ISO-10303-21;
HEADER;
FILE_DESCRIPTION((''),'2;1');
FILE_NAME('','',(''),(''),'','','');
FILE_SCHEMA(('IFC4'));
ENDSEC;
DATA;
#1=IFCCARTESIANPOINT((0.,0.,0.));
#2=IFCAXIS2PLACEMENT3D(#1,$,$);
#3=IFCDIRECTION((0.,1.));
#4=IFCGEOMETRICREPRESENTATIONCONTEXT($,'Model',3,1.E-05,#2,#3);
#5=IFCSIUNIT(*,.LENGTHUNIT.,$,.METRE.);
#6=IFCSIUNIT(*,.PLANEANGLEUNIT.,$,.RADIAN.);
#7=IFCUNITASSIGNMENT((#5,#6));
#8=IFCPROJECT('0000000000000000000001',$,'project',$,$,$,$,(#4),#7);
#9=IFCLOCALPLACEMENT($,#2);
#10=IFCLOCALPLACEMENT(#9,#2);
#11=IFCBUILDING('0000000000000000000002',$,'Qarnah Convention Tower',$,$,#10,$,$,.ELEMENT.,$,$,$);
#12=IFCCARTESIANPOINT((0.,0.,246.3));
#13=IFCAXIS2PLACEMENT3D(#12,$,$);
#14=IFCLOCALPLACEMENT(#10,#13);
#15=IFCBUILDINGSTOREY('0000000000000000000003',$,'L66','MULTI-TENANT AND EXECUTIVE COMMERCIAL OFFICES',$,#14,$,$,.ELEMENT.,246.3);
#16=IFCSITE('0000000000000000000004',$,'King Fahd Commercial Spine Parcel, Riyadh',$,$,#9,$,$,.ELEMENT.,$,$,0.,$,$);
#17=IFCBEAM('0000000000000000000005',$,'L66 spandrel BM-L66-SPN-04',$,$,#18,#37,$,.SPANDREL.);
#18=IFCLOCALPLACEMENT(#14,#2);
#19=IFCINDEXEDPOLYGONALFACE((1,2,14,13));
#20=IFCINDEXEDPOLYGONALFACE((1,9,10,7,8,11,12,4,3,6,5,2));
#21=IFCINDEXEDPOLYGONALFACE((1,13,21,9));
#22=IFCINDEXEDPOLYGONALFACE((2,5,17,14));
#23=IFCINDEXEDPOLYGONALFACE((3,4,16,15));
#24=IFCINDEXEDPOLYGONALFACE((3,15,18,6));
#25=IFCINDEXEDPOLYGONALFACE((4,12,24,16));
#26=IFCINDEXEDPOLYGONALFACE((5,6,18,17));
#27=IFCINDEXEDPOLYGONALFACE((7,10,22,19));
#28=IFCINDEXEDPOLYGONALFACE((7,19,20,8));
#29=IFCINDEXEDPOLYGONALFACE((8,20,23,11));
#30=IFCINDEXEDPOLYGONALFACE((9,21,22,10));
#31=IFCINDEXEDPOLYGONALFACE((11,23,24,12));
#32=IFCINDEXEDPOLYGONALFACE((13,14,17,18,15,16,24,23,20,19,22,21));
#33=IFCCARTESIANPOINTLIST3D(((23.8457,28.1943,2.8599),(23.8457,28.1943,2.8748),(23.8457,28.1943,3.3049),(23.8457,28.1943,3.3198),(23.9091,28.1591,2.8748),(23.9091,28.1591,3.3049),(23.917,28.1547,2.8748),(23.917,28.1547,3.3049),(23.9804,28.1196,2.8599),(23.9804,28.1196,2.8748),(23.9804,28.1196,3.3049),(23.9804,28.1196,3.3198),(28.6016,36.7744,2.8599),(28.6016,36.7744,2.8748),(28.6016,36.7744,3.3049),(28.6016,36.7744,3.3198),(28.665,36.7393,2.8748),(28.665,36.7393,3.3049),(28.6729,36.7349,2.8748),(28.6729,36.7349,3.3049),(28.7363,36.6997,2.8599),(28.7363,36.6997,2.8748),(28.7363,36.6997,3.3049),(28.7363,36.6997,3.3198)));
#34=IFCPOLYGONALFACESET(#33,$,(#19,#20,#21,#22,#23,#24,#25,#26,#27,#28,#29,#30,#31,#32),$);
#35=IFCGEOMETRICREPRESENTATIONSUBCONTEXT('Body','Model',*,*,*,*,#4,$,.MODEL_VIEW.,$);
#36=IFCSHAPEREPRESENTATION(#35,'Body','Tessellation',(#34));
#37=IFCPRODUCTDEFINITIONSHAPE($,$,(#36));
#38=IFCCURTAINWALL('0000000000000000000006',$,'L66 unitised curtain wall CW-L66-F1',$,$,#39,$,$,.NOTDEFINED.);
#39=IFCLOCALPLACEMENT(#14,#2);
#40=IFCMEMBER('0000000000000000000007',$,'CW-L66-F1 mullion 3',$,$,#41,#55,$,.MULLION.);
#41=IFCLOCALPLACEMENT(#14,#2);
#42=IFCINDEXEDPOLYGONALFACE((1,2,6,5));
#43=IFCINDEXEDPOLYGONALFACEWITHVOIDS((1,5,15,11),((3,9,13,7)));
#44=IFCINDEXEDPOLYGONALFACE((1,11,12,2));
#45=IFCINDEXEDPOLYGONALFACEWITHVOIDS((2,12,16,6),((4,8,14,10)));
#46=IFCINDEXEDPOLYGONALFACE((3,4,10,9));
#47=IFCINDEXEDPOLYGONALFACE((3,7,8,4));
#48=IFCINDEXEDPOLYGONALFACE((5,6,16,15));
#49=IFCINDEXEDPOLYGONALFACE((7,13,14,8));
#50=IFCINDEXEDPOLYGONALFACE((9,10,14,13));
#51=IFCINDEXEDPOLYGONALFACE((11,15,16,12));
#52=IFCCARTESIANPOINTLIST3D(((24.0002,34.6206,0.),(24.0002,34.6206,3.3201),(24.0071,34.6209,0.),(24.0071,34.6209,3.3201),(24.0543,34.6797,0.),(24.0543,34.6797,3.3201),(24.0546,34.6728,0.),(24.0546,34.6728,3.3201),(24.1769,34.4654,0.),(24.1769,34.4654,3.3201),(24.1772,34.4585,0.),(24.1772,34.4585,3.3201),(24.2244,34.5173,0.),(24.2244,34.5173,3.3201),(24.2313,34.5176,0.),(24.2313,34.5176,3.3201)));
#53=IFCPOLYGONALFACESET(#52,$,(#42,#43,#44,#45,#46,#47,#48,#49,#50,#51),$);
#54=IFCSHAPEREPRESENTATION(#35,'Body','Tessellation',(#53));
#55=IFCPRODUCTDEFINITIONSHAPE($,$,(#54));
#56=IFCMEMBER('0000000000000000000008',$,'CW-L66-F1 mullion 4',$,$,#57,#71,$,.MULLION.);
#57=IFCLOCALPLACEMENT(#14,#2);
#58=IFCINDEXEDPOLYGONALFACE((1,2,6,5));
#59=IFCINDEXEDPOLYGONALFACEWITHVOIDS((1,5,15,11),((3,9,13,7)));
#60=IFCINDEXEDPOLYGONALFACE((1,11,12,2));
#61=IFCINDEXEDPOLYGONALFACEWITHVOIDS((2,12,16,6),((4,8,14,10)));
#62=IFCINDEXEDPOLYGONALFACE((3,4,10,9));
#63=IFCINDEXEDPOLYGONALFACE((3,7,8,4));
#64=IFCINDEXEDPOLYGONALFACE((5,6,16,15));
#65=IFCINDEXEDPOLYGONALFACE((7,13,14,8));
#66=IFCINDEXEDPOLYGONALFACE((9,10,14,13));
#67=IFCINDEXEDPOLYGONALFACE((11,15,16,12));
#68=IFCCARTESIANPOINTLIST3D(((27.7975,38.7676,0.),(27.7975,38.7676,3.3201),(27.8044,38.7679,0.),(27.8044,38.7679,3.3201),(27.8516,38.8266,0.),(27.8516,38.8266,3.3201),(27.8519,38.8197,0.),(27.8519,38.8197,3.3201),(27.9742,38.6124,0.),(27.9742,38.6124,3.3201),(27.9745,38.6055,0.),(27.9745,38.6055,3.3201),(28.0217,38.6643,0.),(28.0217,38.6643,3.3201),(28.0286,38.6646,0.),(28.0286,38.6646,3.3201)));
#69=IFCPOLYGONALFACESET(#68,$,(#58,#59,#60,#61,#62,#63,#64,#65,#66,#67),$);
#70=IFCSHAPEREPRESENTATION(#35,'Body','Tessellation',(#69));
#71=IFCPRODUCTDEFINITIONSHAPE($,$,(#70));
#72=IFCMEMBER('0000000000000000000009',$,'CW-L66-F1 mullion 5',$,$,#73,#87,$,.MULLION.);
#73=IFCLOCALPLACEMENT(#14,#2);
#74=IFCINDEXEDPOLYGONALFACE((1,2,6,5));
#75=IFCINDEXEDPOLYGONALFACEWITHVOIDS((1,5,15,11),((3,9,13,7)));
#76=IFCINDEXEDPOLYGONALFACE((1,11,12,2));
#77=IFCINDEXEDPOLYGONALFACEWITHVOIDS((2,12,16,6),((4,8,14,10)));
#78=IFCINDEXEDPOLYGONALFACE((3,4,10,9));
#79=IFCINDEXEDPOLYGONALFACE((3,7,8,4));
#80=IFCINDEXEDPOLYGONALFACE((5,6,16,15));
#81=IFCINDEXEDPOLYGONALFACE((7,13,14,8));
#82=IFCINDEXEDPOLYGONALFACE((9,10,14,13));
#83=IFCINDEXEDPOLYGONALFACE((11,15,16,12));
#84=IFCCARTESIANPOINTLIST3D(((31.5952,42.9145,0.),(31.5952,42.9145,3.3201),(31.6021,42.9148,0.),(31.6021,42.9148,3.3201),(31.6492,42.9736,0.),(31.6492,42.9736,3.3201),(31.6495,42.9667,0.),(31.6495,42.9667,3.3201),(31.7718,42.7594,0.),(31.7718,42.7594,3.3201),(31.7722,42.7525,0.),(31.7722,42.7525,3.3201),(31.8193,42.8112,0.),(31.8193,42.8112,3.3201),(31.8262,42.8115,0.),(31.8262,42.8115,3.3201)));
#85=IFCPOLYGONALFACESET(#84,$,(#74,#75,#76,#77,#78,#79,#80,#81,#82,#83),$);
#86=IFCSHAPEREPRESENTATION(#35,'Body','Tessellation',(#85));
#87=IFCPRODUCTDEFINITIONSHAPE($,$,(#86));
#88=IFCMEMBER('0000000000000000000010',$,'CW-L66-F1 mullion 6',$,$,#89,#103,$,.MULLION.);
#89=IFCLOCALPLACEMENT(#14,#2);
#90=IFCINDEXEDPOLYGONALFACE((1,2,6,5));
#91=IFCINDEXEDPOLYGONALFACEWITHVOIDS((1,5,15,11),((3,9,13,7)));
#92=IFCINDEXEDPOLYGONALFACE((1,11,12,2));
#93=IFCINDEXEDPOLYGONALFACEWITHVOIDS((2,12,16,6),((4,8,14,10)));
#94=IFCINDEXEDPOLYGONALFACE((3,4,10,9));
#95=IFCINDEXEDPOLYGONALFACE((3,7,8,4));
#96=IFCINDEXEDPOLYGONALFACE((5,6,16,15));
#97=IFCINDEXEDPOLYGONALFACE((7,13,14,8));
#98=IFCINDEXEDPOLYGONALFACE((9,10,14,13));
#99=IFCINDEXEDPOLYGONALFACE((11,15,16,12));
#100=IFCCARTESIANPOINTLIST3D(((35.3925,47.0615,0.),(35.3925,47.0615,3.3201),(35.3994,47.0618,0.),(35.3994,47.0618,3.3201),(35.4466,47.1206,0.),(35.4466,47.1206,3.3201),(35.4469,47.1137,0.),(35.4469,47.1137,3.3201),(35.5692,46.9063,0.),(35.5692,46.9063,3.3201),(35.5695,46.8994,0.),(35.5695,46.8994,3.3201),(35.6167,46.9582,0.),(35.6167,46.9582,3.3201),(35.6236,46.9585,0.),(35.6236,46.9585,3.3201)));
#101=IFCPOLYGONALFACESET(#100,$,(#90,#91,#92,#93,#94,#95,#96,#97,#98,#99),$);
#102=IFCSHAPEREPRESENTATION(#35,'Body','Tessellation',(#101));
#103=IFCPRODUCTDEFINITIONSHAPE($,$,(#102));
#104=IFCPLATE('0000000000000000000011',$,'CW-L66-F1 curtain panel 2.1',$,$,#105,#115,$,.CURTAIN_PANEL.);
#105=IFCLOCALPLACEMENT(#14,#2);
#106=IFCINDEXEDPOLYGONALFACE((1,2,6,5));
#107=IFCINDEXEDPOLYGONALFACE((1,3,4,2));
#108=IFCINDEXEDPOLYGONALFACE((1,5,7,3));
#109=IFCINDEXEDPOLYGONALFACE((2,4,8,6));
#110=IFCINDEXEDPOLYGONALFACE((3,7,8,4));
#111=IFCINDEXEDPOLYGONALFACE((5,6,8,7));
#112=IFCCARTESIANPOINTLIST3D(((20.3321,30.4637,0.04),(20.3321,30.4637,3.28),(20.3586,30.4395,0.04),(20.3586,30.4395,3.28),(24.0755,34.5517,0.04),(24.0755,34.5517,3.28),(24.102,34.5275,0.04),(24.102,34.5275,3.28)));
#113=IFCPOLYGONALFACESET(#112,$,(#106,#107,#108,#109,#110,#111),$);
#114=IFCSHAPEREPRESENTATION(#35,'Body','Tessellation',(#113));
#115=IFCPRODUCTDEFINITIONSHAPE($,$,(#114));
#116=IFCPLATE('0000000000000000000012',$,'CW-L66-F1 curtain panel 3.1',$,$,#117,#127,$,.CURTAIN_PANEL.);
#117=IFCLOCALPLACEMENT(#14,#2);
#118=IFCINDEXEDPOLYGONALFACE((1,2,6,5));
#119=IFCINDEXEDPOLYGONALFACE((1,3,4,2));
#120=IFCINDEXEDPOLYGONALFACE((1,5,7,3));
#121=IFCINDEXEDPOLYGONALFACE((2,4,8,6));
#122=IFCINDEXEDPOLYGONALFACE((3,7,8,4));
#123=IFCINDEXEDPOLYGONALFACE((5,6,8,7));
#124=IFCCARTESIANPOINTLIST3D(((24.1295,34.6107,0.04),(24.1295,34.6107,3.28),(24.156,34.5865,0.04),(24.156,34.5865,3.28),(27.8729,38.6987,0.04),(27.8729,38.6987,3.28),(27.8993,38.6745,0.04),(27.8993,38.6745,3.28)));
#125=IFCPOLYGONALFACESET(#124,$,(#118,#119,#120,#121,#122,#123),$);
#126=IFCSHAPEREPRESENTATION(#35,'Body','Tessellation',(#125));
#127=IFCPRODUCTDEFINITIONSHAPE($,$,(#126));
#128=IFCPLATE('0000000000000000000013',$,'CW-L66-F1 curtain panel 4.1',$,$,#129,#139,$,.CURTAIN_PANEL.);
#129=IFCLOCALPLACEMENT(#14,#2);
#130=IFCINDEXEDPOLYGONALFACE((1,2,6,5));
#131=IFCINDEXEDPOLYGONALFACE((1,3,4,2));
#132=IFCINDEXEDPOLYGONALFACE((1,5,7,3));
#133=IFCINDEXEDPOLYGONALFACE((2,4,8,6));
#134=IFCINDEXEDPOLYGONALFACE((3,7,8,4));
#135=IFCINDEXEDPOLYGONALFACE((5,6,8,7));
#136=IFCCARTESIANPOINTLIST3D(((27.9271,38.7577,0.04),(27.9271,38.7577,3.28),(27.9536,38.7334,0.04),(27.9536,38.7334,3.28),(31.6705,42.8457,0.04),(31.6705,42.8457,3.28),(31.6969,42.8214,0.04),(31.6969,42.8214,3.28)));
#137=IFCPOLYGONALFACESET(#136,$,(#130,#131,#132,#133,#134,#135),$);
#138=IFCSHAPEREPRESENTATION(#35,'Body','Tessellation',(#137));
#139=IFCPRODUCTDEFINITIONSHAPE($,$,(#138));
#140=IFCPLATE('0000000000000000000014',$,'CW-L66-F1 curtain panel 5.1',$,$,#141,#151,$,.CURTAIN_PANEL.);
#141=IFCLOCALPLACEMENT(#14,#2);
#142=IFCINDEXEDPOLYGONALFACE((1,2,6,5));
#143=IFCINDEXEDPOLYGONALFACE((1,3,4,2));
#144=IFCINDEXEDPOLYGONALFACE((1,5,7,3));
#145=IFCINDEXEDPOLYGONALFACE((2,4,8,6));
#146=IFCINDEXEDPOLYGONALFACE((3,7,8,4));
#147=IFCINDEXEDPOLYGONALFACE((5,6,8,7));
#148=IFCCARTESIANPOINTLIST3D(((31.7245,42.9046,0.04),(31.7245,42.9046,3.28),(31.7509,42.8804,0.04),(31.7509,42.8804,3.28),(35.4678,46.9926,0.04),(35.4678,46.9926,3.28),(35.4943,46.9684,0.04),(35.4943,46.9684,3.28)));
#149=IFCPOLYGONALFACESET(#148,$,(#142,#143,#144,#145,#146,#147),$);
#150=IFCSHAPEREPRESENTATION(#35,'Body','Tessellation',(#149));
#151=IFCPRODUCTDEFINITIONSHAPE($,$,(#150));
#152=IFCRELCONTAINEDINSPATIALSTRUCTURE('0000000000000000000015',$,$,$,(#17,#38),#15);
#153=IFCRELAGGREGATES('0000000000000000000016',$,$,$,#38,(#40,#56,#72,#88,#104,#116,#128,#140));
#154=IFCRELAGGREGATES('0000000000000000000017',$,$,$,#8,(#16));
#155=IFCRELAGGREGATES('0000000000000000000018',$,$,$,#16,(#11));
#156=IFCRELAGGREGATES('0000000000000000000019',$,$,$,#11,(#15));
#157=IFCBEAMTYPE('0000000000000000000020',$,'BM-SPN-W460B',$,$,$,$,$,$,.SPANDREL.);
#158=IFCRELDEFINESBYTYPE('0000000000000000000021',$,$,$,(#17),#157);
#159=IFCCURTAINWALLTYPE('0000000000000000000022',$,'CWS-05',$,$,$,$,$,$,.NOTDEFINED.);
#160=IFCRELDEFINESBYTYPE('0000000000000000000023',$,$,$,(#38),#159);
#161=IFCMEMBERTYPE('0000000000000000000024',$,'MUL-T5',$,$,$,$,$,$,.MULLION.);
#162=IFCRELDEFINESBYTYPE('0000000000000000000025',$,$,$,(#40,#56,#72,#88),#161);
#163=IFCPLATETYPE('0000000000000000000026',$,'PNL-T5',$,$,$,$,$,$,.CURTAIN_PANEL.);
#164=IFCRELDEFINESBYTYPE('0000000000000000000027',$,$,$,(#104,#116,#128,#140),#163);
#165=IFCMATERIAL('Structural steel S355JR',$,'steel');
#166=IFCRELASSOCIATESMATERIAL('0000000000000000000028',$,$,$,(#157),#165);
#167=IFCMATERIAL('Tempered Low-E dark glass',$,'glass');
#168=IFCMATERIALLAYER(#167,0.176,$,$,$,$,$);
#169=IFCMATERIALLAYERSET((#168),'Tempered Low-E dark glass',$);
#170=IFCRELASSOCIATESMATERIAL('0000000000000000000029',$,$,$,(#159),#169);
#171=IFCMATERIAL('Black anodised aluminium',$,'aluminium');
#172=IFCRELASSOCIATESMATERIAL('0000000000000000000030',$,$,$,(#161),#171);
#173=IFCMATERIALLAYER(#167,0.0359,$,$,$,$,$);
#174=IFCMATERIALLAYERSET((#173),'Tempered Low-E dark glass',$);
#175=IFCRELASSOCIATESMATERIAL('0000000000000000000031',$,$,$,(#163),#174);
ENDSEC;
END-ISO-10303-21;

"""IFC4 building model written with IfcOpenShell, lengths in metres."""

from ifc_helpers import new_model, si_unit, direction, frame, origin, origin_2d, place, context, subcontext, project, spatial, rectangle, hollow_rectangle, i_section, extrude, material, layer, layer_set, material_profile, profile_set, type_object, element, aggregate, save


model = new_model("IFC4")

# Units and contexts
model_context = context("Model", 3, precision=1e-05, world=origin(), true_north=direction((0.0, 1.0)))
body_context = subcontext(model_context, "Body", "Model", "MODEL_VIEW")
ifc_project = project(units=[si_unit("LENGTHUNIT", "METRE"), si_unit("PLANEANGLEUNIT", "RADIAN")], contexts=[model_context])

# Site, building, storey
site_placement = place(None, origin())
site = spatial("IfcSite", under=ifc_project, at=site_placement, Name="King Fahd Commercial Spine Parcel, Riyadh", CompositionType="ELEMENT", RefElevation=0.0)
building_placement = place(site_placement, origin())
building = spatial("IfcBuilding", under=site, at=building_placement, Name="Qarnah Convention Tower", CompositionType="ELEMENT")
storey_placement = place(building_placement, frame((0.0, 0.0, 246.3)))
storey = spatial("IfcBuildingStorey", under=building, at=storey_placement, Name="L66", Description="MULTI-TENANT AND EXECUTIVE COMMERCIAL OFFICES", CompositionType="ELEMENT", Elevation=246.3)

# Beam
ifc_material_1 = material(Name="Structural steel S355JR", Category="steel")
ifc_material_profile_1 = material_profile(ifc_material_1, i_section(OverallWidth=0.1541, OverallDepth=0.46, WebThickness=0.009, FlangeThickness=0.0149, at=origin_2d()), Name="W460X68")
ifc_profile_set_1 = profile_set([ifc_material_profile_1], Name="Structural steel S355JR")
beam_type_1 = type_object("IfcBeamType", Name="BM-SPN-W460B", PredefinedType="SPANDREL", material=ifc_profile_set_1)
beam_1_placement = place(storey_placement, frame((28.6689, 36.7371, 3.0898), z_axis=(-0.484797, -0.874626, 0.0), x_axis=(0.874626, -0.484797, 0.0)))
element("IfcBeam", 1, at=beam_1_placement, inside=storey, type_object=beam_type_1, Name="L66 spandrel BM-L66-SPN-04", PredefinedType="SPANDREL", context=body_context, shape_type="SweptSolid", body=[
    extrude(i_section(OverallWidth=0.1541, OverallDepth=0.46, WebThickness=0.009, FlangeThickness=0.0149, at=origin_2d()), origin(), (0.0, 0.0, 1.0), 9.8101),
])

# Curtain wall, members, plates
ifc_material_2 = material(Name="Tempered Low-E dark glass", Category="glass")
ifc_layer_1 = layer(ifc_material_2, 0.176)
ifc_layer_set_1 = layer_set([ifc_layer_1], Name="Tempered Low-E dark glass")
curtain_wall_type = type_object("IfcCurtainWallType", Name="CWS-05", PredefinedType="NOTDEFINED", material=ifc_layer_set_1)
curtain_wall_placement = place(storey_placement, origin())
curtain_wall = element("IfcCurtainWall", 2, at=curtain_wall_placement, inside=storey, type_object=curtain_wall_type, Name="L66 unitised curtain wall CW-L66-F1", PredefinedType="NOTDEFINED")
ifc_material_3 = material(Name="Black anodised aluminium", Category="aluminium")
ifc_material_profile_2 = material_profile(ifc_material_3, hollow_rectangle(XDim=0.0801, YDim=0.24, WallThickness=0.0049, at=origin_2d()), Name="MUL-80X240")
ifc_profile_set_2 = profile_set([ifc_material_profile_2], Name="Black anodised aluminium")
member_type = type_object("IfcMemberType", Name="MUL-T5", PredefinedType="MULLION", material=ifc_profile_set_2)
member_1_placement = place(storey_placement, frame((24.1157, 34.5691, 0.0), z_axis=(0.0, 0.0, 1.0), x_axis=(0.675336, 0.73751, 0.0)))
member_1 = element("IfcMember", 3, at=member_1_placement, type_object=member_type, Name="CW-L66-F1 mullion 3", PredefinedType="MULLION", context=body_context, shape_type="SweptSolid", body=[
    extrude(hollow_rectangle(XDim=0.0801, YDim=0.24, WallThickness=0.0049, at=origin_2d()), origin(), (0.0, 0.0, 1.0), 3.3201),
])
member_2_placement = place(storey_placement, frame((27.9131, 38.7161, 0.0), z_axis=(0.0, 0.0, 1.0), x_axis=(0.675336, 0.73751, 0.0)))
member_2 = element("IfcMember", 4, at=member_2_placement, type_object=member_type, Name="CW-L66-F1 mullion 4", PredefinedType="MULLION", context=body_context, shape_type="SweptSolid", body=[
    extrude(hollow_rectangle(XDim=0.0801, YDim=0.24, WallThickness=0.0049, at=origin_2d()), origin(), (0.0, 0.0, 1.0), 3.3201),
])
member_3_placement = place(storey_placement, frame((31.7107, 42.863, 0.0), z_axis=(0.0, 0.0, 1.0), x_axis=(0.675336, 0.73751, 0.0)))
member_3 = element("IfcMember", 5, at=member_3_placement, type_object=member_type, Name="CW-L66-F1 mullion 5", PredefinedType="MULLION", context=body_context, shape_type="SweptSolid", body=[
    extrude(hollow_rectangle(XDim=0.0801, YDim=0.24, WallThickness=0.0049, at=origin_2d()), origin(), (0.0, 0.0, 1.0), 3.3201),
])
member_4_placement = place(storey_placement, frame((35.5081, 47.01, 0.0), z_axis=(0.0, 0.0, 1.0), x_axis=(0.675336, 0.73751, 0.0)))
member_4 = element("IfcMember", 6, at=member_4_placement, type_object=member_type, Name="CW-L66-F1 mullion 6", PredefinedType="MULLION", context=body_context, shape_type="SweptSolid", body=[
    extrude(hollow_rectangle(XDim=0.0801, YDim=0.24, WallThickness=0.0049, at=origin_2d()), origin(), (0.0, 0.0, 1.0), 3.3201),
])
ifc_layer_2 = layer(ifc_material_2, 0.0359)
ifc_layer_set_2 = layer_set([ifc_layer_2], Name="Tempered Low-E dark glass")
plate_type = type_object("IfcPlateType", Name="PNL-T5", PredefinedType="CURTAIN_PANEL", material=ifc_layer_set_2)
plate_1_placement = place(storey_placement, frame((22.217, 32.4956, 0.04), z_axis=(0.0, 0.0, 1.0), x_axis=(0.675336, 0.73751, 0.0)))
plate_1 = element("IfcPlate", 7, at=plate_1_placement, type_object=plate_type, Name="CW-L66-F1 curtain panel 2.1", PredefinedType="CURTAIN_PANEL", context=body_context, shape_type="SweptSolid", body=[
    extrude(rectangle(XDim=5.543, YDim=0.0359, at=origin_2d()), origin(), (0.0, 0.0, 1.0), 3.24),
])
plate_2_placement = place(storey_placement, frame((26.0144, 36.6426, 0.04), z_axis=(0.0, 0.0, 1.0), x_axis=(0.675336, 0.73751, 0.0)))
plate_2 = element("IfcPlate", 8, at=plate_2_placement, type_object=plate_type, Name="CW-L66-F1 curtain panel 3.1", PredefinedType="CURTAIN_PANEL", context=body_context, shape_type="SweptSolid", body=[
    extrude(rectangle(XDim=5.543, YDim=0.0359, at=origin_2d()), origin(), (0.0, 0.0, 1.0), 3.24),
])
plate_3_placement = place(storey_placement, frame((29.812, 40.7896, 0.04), z_axis=(0.0, 0.0, 1.0), x_axis=(0.675336, 0.73751, 0.0)))
plate_3 = element("IfcPlate", 9, at=plate_3_placement, type_object=plate_type, Name="CW-L66-F1 curtain panel 4.1", PredefinedType="CURTAIN_PANEL", context=body_context, shape_type="SweptSolid", body=[
    extrude(rectangle(XDim=5.543, YDim=0.0359, at=origin_2d()), origin(), (0.0, 0.0, 1.0), 3.24),
])
plate_4_placement = place(storey_placement, frame((33.6094, 44.9365, 0.04), z_axis=(0.0, 0.0, 1.0), x_axis=(0.675336, 0.73751, 0.0)))
plate_4 = element("IfcPlate", 10, at=plate_4_placement, type_object=plate_type, Name="CW-L66-F1 curtain panel 5.1", PredefinedType="CURTAIN_PANEL", context=body_context, shape_type="SweptSolid", body=[
    extrude(rectangle(XDim=5.543, YDim=0.0359, at=origin_2d()), origin(), (0.0, 0.0, 1.0), 3.24),
])
aggregate(curtain_wall, [member_1, member_2, member_3, member_4, plate_1, plate_2, plate_3, plate_4])

save(model, "model.ifc")
